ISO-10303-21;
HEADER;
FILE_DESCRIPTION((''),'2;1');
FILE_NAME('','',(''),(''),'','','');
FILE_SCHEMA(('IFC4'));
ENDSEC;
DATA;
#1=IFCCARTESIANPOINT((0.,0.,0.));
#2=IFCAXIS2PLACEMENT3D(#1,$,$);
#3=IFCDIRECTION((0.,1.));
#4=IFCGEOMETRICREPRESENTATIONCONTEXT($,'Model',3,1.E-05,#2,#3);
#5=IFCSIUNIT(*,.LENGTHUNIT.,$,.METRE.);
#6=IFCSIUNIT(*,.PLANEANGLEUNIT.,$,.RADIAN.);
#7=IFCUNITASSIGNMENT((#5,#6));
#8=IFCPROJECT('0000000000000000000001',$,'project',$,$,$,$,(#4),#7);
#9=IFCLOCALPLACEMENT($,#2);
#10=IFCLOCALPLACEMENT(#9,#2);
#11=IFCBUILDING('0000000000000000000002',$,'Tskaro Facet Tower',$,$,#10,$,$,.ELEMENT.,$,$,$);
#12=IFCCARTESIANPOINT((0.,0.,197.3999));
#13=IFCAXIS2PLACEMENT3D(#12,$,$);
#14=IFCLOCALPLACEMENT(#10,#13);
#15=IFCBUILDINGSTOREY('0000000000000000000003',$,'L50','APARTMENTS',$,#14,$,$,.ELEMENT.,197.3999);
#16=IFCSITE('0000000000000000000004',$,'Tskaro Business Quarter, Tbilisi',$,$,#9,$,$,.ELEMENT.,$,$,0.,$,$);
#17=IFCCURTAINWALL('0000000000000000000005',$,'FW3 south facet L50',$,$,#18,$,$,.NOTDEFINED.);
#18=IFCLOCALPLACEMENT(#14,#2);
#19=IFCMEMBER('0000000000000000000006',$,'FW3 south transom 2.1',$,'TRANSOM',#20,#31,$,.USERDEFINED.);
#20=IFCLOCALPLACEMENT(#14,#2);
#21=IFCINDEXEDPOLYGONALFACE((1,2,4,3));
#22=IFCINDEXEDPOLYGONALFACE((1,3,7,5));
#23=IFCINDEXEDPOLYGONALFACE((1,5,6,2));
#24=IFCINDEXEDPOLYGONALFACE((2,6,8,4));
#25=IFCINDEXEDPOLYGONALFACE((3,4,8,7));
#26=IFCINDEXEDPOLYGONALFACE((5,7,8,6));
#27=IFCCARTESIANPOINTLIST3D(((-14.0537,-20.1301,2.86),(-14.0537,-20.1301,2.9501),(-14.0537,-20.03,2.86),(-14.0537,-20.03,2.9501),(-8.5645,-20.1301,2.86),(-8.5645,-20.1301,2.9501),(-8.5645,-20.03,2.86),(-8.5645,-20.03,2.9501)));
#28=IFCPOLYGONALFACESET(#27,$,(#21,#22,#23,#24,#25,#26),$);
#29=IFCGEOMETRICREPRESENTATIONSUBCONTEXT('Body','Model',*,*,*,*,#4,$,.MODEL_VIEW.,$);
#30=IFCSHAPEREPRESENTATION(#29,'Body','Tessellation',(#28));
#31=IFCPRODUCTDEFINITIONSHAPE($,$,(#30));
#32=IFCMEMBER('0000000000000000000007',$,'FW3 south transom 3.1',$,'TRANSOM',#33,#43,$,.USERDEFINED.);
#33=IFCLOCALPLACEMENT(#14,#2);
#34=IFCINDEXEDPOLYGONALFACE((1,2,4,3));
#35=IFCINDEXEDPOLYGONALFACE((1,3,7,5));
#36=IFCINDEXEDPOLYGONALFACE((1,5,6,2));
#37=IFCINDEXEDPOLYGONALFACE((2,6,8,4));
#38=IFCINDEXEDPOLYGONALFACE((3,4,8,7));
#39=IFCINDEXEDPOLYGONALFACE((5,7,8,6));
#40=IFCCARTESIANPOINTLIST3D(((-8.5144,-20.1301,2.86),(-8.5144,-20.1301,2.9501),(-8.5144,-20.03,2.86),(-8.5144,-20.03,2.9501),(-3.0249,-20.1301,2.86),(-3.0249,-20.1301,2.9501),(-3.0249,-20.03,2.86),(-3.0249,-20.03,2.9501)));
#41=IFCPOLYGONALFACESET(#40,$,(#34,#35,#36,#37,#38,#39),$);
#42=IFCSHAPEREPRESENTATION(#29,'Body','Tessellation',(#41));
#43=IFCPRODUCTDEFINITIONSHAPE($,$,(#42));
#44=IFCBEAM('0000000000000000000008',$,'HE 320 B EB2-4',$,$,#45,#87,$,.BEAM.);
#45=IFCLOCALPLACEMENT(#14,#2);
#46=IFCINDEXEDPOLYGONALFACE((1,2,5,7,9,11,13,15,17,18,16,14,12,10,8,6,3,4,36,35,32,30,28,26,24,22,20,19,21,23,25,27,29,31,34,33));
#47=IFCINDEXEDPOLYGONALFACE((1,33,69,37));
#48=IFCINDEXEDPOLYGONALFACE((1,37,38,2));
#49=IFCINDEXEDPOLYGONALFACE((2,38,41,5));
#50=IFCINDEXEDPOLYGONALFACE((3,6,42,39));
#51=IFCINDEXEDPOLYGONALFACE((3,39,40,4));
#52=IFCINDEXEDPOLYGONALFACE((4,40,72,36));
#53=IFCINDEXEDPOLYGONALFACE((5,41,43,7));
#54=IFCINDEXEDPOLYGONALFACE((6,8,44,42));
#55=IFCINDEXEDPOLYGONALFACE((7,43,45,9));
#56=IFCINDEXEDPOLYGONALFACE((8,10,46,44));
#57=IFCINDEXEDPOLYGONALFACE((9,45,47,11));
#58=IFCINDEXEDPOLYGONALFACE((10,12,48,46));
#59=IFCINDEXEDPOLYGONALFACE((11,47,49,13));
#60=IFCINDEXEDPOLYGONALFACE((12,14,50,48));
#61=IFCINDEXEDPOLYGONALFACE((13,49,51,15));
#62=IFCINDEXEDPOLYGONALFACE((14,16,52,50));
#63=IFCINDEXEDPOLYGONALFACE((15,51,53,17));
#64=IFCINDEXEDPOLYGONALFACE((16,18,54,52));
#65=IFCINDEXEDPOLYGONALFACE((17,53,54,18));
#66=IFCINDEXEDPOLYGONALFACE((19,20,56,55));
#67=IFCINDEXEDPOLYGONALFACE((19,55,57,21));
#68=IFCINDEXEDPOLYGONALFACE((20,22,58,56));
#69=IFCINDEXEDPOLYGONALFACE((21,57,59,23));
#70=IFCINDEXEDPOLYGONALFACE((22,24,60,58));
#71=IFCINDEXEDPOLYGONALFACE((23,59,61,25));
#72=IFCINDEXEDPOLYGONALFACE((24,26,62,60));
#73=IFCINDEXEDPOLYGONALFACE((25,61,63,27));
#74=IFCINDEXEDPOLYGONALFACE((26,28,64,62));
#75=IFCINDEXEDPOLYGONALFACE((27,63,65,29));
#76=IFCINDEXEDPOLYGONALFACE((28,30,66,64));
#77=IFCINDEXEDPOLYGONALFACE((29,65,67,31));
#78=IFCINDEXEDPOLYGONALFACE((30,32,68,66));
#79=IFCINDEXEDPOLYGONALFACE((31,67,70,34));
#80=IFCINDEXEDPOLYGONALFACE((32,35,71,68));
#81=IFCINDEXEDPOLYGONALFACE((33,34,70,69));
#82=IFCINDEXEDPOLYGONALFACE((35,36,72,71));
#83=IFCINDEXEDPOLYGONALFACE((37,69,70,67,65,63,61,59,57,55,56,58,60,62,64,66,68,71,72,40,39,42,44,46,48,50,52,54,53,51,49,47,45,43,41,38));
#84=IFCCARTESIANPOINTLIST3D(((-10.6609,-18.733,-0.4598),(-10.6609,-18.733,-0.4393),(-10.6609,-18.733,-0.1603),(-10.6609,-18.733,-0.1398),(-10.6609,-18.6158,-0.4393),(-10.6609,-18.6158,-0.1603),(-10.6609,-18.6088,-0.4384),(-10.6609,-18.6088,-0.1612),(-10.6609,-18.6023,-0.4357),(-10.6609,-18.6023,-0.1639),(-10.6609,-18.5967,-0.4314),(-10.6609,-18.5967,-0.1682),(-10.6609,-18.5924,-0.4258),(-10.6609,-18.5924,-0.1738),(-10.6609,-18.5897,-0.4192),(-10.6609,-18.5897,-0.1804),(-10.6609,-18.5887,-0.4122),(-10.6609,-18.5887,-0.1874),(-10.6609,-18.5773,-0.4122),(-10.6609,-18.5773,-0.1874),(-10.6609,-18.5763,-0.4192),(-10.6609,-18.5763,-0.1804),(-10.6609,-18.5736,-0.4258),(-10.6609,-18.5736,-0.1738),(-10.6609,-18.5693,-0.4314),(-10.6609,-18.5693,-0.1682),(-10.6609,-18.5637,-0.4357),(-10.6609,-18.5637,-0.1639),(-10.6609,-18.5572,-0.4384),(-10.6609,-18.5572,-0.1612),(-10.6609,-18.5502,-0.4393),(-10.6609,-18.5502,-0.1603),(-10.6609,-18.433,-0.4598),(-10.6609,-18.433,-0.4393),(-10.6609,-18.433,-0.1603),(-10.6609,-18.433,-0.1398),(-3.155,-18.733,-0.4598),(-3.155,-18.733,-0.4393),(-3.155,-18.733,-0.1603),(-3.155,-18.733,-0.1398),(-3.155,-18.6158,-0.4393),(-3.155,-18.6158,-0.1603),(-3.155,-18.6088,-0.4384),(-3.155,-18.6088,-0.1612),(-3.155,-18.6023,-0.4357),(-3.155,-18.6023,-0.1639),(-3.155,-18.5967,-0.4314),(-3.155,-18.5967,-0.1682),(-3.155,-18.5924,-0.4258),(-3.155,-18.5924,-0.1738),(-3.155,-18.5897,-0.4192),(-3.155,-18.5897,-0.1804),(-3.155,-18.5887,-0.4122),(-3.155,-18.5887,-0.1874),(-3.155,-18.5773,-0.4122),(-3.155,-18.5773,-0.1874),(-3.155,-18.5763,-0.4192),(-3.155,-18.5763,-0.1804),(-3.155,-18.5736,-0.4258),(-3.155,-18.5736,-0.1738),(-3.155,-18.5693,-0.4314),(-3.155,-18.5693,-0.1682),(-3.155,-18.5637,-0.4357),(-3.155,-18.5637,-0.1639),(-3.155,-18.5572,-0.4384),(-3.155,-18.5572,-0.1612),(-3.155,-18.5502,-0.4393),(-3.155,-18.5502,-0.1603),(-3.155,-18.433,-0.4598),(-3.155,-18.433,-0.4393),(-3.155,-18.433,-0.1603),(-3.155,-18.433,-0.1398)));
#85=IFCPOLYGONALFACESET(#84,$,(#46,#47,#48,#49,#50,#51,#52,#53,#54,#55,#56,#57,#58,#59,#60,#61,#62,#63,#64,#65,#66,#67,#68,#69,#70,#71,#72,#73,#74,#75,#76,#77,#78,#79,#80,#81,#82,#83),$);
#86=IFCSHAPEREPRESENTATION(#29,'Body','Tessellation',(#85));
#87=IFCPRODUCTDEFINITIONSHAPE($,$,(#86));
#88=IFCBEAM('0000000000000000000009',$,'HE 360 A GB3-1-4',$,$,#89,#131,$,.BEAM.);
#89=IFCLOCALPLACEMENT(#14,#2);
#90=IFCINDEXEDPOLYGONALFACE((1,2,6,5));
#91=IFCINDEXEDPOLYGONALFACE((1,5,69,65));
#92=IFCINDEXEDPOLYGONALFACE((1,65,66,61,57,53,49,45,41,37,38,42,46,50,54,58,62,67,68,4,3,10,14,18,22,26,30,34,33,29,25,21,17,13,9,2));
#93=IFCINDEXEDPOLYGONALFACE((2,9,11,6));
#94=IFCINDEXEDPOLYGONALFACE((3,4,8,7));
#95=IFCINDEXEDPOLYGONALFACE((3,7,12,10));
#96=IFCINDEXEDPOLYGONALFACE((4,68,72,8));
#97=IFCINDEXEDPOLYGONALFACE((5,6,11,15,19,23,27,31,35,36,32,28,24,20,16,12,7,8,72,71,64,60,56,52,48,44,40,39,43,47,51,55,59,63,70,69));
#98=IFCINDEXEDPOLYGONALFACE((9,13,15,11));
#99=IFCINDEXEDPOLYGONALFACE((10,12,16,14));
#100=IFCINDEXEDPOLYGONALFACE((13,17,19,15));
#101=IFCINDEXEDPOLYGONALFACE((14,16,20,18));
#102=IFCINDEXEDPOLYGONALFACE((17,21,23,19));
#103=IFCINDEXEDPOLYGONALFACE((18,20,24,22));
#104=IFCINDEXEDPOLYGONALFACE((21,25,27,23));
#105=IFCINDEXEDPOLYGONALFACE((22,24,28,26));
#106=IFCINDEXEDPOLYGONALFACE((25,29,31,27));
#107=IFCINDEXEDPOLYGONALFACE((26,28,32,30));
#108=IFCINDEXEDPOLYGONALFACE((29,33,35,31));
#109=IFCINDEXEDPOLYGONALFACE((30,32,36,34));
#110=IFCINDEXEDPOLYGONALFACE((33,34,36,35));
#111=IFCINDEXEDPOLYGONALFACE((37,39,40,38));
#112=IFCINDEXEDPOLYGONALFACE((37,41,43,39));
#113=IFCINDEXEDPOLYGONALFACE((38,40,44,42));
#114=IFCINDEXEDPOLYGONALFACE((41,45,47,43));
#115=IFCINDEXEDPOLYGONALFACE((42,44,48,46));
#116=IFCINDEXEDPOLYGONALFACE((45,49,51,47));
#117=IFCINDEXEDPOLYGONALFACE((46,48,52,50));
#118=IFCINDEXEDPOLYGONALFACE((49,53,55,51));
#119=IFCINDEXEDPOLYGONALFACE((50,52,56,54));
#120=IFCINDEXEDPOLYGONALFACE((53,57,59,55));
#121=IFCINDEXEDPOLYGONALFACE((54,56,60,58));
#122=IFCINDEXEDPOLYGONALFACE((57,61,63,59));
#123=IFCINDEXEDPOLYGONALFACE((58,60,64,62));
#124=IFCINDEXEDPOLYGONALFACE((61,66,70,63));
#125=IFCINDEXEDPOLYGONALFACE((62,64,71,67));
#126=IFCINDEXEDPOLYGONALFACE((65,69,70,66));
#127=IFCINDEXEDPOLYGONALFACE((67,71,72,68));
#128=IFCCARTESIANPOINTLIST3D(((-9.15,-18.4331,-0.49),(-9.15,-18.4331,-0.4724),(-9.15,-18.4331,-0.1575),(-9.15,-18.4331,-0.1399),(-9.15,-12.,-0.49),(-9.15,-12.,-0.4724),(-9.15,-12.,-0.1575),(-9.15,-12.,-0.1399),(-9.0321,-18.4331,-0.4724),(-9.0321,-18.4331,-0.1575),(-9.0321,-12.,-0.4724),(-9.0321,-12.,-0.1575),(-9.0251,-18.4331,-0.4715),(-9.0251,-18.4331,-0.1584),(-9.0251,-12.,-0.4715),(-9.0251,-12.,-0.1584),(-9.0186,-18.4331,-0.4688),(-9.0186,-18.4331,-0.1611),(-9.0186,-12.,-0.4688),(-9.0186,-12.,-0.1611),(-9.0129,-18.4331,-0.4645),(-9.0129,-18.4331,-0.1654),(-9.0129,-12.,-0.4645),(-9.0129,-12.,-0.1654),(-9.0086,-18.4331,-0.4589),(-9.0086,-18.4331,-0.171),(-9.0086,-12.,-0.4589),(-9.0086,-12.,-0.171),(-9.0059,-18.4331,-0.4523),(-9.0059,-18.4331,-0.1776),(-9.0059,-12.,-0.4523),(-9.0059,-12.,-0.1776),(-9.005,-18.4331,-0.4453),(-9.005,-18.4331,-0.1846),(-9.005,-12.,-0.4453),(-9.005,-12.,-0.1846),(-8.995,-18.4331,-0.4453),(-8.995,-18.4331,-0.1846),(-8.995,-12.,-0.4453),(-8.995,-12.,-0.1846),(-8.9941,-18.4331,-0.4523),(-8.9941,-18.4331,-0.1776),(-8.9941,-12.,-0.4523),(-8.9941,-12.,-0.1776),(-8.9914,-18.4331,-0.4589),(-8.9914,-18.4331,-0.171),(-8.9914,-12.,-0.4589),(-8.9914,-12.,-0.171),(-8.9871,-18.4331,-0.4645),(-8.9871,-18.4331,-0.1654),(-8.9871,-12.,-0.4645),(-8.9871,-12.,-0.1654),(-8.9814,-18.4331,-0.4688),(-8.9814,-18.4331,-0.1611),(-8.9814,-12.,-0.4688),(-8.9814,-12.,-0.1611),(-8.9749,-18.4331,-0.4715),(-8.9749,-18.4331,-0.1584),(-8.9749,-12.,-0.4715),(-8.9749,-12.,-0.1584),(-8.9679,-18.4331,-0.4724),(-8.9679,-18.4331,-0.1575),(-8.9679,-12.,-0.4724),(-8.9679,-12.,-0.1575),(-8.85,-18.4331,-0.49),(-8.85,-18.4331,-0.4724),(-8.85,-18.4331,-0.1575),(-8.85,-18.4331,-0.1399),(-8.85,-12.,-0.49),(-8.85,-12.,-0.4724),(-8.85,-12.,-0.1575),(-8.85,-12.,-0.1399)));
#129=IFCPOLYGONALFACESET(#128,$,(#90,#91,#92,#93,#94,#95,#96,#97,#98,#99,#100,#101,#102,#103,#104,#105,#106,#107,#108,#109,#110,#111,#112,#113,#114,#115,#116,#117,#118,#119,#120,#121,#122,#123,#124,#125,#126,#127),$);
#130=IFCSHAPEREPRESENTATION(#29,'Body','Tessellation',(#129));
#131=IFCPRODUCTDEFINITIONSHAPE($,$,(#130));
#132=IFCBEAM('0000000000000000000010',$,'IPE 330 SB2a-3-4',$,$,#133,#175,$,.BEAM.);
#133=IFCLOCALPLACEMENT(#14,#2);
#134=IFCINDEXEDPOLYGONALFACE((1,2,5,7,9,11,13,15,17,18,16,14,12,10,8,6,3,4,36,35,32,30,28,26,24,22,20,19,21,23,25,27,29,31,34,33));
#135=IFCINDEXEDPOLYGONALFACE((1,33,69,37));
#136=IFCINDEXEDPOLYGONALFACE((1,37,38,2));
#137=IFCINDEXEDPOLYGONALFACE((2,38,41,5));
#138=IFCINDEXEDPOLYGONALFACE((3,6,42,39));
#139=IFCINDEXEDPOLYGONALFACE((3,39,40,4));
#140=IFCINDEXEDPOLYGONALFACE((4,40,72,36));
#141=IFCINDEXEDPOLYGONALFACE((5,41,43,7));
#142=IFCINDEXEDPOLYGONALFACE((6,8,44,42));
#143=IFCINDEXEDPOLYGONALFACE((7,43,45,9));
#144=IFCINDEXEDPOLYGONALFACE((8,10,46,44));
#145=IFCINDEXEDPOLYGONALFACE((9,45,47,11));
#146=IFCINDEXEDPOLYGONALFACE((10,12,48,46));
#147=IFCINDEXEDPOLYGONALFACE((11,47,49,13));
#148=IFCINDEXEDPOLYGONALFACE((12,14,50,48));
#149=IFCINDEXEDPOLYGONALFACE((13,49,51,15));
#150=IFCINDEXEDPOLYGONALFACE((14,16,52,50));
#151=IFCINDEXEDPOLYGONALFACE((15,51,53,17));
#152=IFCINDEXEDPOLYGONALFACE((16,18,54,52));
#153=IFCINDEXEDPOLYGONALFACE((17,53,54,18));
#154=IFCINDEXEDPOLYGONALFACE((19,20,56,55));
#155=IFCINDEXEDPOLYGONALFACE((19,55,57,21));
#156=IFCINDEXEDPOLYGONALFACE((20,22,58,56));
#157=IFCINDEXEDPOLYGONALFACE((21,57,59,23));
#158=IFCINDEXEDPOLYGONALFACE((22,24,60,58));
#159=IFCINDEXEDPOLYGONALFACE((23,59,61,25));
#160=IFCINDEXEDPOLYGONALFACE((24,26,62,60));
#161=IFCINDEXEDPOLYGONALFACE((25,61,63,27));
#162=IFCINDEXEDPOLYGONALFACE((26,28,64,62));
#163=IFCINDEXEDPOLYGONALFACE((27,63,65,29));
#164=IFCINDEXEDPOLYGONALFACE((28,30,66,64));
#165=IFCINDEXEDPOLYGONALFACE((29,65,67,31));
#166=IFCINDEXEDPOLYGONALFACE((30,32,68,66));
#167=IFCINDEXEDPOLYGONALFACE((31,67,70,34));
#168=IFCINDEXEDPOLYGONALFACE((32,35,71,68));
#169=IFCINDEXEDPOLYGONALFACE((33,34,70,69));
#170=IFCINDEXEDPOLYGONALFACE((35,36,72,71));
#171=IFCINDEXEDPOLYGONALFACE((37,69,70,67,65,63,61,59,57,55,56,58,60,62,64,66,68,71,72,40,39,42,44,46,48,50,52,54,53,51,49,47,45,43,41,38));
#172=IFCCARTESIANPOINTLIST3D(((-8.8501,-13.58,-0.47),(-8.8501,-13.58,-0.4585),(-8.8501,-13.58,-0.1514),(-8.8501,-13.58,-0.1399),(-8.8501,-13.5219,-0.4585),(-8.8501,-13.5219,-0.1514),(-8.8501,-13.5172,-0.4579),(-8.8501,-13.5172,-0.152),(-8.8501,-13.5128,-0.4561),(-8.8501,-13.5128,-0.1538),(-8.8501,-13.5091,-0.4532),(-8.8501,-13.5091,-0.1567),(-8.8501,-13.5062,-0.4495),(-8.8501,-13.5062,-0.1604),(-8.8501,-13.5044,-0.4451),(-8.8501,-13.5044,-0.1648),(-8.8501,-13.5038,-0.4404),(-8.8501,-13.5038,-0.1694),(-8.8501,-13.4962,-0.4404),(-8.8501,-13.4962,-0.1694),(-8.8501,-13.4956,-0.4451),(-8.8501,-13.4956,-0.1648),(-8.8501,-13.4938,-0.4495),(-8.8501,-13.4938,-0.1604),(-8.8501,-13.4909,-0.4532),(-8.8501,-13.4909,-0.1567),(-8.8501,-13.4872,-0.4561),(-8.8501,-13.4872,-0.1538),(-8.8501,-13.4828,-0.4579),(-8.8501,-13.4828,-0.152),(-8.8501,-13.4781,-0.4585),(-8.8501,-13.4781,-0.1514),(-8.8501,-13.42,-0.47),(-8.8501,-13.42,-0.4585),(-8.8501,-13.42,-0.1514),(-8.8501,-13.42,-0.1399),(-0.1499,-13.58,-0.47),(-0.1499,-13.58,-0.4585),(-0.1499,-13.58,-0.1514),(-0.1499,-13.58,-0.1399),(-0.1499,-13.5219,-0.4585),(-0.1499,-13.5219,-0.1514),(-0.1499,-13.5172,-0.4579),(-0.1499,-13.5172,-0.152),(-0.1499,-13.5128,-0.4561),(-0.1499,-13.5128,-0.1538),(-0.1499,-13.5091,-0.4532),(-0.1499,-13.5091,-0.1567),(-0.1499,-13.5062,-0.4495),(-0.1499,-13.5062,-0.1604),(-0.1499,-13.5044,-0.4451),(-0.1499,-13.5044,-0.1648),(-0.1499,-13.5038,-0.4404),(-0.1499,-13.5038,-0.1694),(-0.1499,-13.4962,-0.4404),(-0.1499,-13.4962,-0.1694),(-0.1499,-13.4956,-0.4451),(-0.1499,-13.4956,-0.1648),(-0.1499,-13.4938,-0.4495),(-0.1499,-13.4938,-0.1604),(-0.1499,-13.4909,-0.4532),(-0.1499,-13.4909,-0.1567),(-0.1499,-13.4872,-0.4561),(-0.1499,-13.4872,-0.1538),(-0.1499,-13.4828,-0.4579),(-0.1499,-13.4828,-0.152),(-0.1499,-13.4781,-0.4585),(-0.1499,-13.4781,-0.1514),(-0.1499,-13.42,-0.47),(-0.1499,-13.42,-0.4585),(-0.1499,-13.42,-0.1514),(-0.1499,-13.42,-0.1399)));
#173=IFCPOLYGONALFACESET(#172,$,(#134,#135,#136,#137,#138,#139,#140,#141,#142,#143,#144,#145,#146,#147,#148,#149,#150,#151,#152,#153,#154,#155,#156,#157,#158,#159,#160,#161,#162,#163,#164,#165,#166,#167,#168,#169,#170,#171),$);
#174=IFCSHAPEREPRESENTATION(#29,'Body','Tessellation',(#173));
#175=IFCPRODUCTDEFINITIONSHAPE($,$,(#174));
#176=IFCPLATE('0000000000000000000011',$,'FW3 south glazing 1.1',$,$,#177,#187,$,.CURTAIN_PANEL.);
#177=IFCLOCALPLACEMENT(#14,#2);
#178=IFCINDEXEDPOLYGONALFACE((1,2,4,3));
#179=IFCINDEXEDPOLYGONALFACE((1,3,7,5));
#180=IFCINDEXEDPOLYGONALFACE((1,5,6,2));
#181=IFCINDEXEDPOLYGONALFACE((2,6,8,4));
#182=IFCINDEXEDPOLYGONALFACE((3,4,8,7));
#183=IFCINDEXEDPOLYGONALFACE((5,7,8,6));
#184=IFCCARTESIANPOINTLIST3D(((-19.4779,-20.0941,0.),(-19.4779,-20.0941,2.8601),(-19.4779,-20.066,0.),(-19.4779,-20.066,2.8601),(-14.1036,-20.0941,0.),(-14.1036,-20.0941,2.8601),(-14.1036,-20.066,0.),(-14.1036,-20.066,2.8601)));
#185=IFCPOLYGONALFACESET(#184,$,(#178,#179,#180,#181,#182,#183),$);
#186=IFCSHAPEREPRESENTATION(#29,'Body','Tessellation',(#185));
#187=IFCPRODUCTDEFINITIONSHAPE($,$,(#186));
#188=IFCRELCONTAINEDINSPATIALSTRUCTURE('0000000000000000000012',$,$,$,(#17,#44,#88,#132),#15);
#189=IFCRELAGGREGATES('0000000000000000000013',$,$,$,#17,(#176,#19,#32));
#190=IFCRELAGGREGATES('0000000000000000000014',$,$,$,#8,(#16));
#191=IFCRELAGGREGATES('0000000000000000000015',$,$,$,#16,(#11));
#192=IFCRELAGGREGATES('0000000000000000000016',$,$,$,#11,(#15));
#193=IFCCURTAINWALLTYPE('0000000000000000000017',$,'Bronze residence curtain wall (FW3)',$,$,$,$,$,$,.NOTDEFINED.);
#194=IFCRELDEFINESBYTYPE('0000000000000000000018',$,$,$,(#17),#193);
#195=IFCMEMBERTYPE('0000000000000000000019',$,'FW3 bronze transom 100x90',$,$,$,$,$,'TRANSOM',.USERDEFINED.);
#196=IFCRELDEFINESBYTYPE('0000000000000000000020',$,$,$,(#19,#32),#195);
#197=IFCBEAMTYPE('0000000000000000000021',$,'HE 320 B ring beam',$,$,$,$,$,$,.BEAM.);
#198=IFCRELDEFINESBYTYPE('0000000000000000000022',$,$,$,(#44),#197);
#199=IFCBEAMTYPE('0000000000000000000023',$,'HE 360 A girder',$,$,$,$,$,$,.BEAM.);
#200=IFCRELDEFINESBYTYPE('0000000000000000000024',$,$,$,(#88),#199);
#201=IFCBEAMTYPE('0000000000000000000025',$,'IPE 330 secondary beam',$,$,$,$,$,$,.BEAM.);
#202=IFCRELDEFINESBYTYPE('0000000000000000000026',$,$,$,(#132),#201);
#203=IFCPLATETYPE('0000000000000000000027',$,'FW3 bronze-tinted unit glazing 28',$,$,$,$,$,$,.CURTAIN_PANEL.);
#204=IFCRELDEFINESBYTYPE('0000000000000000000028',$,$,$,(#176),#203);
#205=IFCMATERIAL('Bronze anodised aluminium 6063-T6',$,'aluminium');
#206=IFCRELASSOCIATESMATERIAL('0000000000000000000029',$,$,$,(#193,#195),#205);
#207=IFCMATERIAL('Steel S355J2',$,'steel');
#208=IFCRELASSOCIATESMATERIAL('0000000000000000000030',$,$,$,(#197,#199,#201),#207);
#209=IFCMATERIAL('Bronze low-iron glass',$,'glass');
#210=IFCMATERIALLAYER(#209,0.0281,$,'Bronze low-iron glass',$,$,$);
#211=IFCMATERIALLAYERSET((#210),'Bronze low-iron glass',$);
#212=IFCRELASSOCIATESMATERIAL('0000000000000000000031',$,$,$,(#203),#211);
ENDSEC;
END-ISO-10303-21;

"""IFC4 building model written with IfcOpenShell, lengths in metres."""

from ifc_helpers import new_model, si_unit, direction, frame, origin, origin_2d, place, context, subcontext, project, spatial, rectangle, i_section, extrude, material, layer, layer_set, material_profile, profile_set, type_object, element, aggregate, save


model = new_model("IFC4")

# Units and contexts
model_context = context("Model", 3, precision=1e-05, world=origin(), true_north=direction((0.0, 1.0)))
body_context = subcontext(model_context, "Body", "Model", "MODEL_VIEW")
ifc_project = project(units=[si_unit("LENGTHUNIT", "METRE"), si_unit("PLANEANGLEUNIT", "RADIAN")], contexts=[model_context])

# Site, building, storey
site_placement = place(None, origin())
site = spatial("IfcSite", under=ifc_project, at=site_placement, Name="Tskaro Business Quarter, Tbilisi", CompositionType="ELEMENT", RefElevation=0.0)
building_placement = place(site_placement, origin())
building = spatial("IfcBuilding", under=site, at=building_placement, Name="Tskaro Facet Tower", CompositionType="ELEMENT")
storey_placement = place(building_placement, frame((0.0, 0.0, 197.3999)))
storey = spatial("IfcBuildingStorey", under=building, at=storey_placement, Name="L50", Description="APARTMENTS", CompositionType="ELEMENT", Elevation=197.3999)

# Curtain wall, members
ifc_material_1 = material(Name="Bronze anodised aluminium 6063-T6", Category="aluminium")
curtain_wall_type = type_object("IfcCurtainWallType", Name="Bronze residence curtain wall (FW3)", PredefinedType="NOTDEFINED", material=ifc_material_1)
curtain_wall_placement = place(storey_placement, origin())
curtain_wall = element("IfcCurtainWall", 1, at=curtain_wall_placement, inside=storey, type_object=curtain_wall_type, Name="FW3 south facet L50", PredefinedType="NOTDEFINED")
ifc_material_profile_1 = material_profile(ifc_material_1, rectangle(XDim=0.1001, YDim=0.0901, at=origin_2d()), Name="Transom 100x90")
ifc_profile_set_1 = profile_set([ifc_material_profile_1], Name="Bronze anodised aluminium 6063-T6")
member_type_1 = type_object("IfcMemberType", Name="FW3 bronze transom 100x90", ElementType="TRANSOM", PredefinedType="USERDEFINED", material=ifc_profile_set_1)
member_1_placement = place(storey_placement, frame((-14.0537, -20.0801, 2.905), z_axis=(1.0, 0.0, 0.0), x_axis=(0.0, 1.0, 0.0)))
member_1 = element("IfcMember", 2, at=member_1_placement, type_object=member_type_1, Name="FW3 south transom 2.1", ObjectType="TRANSOM", PredefinedType="USERDEFINED", context=body_context, shape_type="SweptSolid", body=[
    extrude(rectangle(XDim=0.1001, YDim=0.0901, at=origin_2d()), origin(), (0.0, 0.0, 1.0), 5.4893),
])
member_2_placement = place(storey_placement, frame((-8.5144, -20.0801, 2.905), z_axis=(1.0, 0.0, 0.0), x_axis=(0.0, 1.0, 0.0)))
member_2 = element("IfcMember", 3, at=member_2_placement, type_object=member_type_1, Name="FW3 south transom 3.1", ObjectType="TRANSOM", PredefinedType="USERDEFINED", context=body_context, shape_type="SweptSolid", body=[
    extrude(rectangle(XDim=0.1001, YDim=0.0901, at=origin_2d()), origin(), (0.0, 0.0, 1.0), 5.4895),
])

# Beams
ifc_material_2 = material(Name="Steel S355J2", Category="steel")
ifc_material_profile_2 = material_profile(ifc_material_2, i_section(OverallWidth=0.3, OverallDepth=0.3201, WebThickness=0.0115, FlangeThickness=0.0205, FilletRadius=0.0271, at=origin_2d()), Name="HE 320 B")
ifc_profile_set_2 = profile_set([ifc_material_profile_2], Name="Steel S355J2")
beam_type_1 = type_object("IfcBeamType", Name="HE 320 B ring beam", PredefinedType="BEAM", material=ifc_profile_set_2)
beam_1_placement = place(storey_placement, frame((-10.6609, -18.583, -0.2998), z_axis=(1.0, 0.0, 0.0), x_axis=(0.0, 1.0, 0.0)))
element("IfcBeam", 4, at=beam_1_placement, inside=storey, type_object=beam_type_1, Name="HE 320 B EB2-4", PredefinedType="BEAM", context=body_context, shape_type="SweptSolid", body=[
    extrude(i_section(OverallWidth=0.3, OverallDepth=0.3201, WebThickness=0.0115, FlangeThickness=0.0205, FilletRadius=0.0271, at=origin_2d()), origin(), (0.0, 0.0, 1.0), 7.5059),
])
ifc_material_profile_3 = material_profile(ifc_material_2, i_section(OverallWidth=0.3, OverallDepth=0.3501, WebThickness=0.01, FlangeThickness=0.0176, FilletRadius=0.0271, at=origin_2d()), Name="HE 360 A")
ifc_profile_set_3 = profile_set([ifc_material_profile_3], Name="Steel S355J2")
beam_type_2 = type_object("IfcBeamType", Name="HE 360 A girder", PredefinedType="BEAM", material=ifc_profile_set_3)
beam_2_placement = place(storey_placement, frame((-9.0, -18.4331, -0.3149), z_axis=(0.0, 1.0, 0.0), x_axis=(-1.0, 0.0, 0.0)))
element("IfcBeam", 5, at=beam_2_placement, inside=storey, type_object=beam_type_2, Name="HE 360 A GB3-1-4", PredefinedType="BEAM", context=body_context, shape_type="SweptSolid", body=[
    extrude(i_section(OverallWidth=0.3, OverallDepth=0.3501, WebThickness=0.01, FlangeThickness=0.0176, FilletRadius=0.0271, at=origin_2d()), origin(), (0.0, 0.0, 1.0), 6.4331),
])
ifc_material_profile_4 = material_profile(ifc_material_2, i_section(OverallWidth=0.1599, OverallDepth=0.3301, WebThickness=0.0076, FlangeThickness=0.0115, FilletRadius=0.0181, at=origin_2d()), Name="IPE 330")
ifc_profile_set_4 = profile_set([ifc_material_profile_4], Name="Steel S355J2")
beam_type_3 = type_object("IfcBeamType", Name="IPE 330 secondary beam", PredefinedType="BEAM", material=ifc_profile_set_4)
beam_3_placement = place(storey_placement, frame((-8.8501, -13.5, -0.3049), z_axis=(1.0, 0.0, 0.0), x_axis=(0.0, 1.0, 0.0)))
element("IfcBeam", 6, at=beam_3_placement, inside=storey, type_object=beam_type_3, Name="IPE 330 SB2a-3-4", PredefinedType="BEAM", context=body_context, shape_type="SweptSolid", body=[
    extrude(i_section(OverallWidth=0.1599, OverallDepth=0.3301, WebThickness=0.0076, FlangeThickness=0.0115, FilletRadius=0.0181, at=origin_2d()), origin(), (0.0, 0.0, 1.0), 8.7002),
])

# Plate
ifc_material_3 = material(Name="Bronze low-iron glass", Category="glass")
ifc_layer_1 = layer(ifc_material_3, 0.0281, Name="Bronze low-iron glass")
ifc_layer_set_1 = layer_set([ifc_layer_1], Name="Bronze low-iron glass")
plate_type = type_object("IfcPlateType", Name="FW3 bronze-tinted unit glazing 28", PredefinedType="CURTAIN_PANEL", material=ifc_layer_set_1)
plate_1_placement = place(storey_placement, frame((-16.7908, -20.0801, 0.0), z_axis=(0.0, 0.0, 1.0), x_axis=(1.0, 0.0, 0.0)))
plate_1 = element("IfcPlate", 7, at=plate_1_placement, type_object=plate_type, Name="FW3 south glazing 1.1", PredefinedType="CURTAIN_PANEL", context=body_context, shape_type="SweptSolid", body=[
    extrude(rectangle(XDim=5.3743, YDim=0.0281, at=origin_2d()), origin(), (0.0, 0.0, 1.0), 2.8601),
])
aggregate(curtain_wall, [plate_1, member_1, member_2])

save(model, "model.ifc")
